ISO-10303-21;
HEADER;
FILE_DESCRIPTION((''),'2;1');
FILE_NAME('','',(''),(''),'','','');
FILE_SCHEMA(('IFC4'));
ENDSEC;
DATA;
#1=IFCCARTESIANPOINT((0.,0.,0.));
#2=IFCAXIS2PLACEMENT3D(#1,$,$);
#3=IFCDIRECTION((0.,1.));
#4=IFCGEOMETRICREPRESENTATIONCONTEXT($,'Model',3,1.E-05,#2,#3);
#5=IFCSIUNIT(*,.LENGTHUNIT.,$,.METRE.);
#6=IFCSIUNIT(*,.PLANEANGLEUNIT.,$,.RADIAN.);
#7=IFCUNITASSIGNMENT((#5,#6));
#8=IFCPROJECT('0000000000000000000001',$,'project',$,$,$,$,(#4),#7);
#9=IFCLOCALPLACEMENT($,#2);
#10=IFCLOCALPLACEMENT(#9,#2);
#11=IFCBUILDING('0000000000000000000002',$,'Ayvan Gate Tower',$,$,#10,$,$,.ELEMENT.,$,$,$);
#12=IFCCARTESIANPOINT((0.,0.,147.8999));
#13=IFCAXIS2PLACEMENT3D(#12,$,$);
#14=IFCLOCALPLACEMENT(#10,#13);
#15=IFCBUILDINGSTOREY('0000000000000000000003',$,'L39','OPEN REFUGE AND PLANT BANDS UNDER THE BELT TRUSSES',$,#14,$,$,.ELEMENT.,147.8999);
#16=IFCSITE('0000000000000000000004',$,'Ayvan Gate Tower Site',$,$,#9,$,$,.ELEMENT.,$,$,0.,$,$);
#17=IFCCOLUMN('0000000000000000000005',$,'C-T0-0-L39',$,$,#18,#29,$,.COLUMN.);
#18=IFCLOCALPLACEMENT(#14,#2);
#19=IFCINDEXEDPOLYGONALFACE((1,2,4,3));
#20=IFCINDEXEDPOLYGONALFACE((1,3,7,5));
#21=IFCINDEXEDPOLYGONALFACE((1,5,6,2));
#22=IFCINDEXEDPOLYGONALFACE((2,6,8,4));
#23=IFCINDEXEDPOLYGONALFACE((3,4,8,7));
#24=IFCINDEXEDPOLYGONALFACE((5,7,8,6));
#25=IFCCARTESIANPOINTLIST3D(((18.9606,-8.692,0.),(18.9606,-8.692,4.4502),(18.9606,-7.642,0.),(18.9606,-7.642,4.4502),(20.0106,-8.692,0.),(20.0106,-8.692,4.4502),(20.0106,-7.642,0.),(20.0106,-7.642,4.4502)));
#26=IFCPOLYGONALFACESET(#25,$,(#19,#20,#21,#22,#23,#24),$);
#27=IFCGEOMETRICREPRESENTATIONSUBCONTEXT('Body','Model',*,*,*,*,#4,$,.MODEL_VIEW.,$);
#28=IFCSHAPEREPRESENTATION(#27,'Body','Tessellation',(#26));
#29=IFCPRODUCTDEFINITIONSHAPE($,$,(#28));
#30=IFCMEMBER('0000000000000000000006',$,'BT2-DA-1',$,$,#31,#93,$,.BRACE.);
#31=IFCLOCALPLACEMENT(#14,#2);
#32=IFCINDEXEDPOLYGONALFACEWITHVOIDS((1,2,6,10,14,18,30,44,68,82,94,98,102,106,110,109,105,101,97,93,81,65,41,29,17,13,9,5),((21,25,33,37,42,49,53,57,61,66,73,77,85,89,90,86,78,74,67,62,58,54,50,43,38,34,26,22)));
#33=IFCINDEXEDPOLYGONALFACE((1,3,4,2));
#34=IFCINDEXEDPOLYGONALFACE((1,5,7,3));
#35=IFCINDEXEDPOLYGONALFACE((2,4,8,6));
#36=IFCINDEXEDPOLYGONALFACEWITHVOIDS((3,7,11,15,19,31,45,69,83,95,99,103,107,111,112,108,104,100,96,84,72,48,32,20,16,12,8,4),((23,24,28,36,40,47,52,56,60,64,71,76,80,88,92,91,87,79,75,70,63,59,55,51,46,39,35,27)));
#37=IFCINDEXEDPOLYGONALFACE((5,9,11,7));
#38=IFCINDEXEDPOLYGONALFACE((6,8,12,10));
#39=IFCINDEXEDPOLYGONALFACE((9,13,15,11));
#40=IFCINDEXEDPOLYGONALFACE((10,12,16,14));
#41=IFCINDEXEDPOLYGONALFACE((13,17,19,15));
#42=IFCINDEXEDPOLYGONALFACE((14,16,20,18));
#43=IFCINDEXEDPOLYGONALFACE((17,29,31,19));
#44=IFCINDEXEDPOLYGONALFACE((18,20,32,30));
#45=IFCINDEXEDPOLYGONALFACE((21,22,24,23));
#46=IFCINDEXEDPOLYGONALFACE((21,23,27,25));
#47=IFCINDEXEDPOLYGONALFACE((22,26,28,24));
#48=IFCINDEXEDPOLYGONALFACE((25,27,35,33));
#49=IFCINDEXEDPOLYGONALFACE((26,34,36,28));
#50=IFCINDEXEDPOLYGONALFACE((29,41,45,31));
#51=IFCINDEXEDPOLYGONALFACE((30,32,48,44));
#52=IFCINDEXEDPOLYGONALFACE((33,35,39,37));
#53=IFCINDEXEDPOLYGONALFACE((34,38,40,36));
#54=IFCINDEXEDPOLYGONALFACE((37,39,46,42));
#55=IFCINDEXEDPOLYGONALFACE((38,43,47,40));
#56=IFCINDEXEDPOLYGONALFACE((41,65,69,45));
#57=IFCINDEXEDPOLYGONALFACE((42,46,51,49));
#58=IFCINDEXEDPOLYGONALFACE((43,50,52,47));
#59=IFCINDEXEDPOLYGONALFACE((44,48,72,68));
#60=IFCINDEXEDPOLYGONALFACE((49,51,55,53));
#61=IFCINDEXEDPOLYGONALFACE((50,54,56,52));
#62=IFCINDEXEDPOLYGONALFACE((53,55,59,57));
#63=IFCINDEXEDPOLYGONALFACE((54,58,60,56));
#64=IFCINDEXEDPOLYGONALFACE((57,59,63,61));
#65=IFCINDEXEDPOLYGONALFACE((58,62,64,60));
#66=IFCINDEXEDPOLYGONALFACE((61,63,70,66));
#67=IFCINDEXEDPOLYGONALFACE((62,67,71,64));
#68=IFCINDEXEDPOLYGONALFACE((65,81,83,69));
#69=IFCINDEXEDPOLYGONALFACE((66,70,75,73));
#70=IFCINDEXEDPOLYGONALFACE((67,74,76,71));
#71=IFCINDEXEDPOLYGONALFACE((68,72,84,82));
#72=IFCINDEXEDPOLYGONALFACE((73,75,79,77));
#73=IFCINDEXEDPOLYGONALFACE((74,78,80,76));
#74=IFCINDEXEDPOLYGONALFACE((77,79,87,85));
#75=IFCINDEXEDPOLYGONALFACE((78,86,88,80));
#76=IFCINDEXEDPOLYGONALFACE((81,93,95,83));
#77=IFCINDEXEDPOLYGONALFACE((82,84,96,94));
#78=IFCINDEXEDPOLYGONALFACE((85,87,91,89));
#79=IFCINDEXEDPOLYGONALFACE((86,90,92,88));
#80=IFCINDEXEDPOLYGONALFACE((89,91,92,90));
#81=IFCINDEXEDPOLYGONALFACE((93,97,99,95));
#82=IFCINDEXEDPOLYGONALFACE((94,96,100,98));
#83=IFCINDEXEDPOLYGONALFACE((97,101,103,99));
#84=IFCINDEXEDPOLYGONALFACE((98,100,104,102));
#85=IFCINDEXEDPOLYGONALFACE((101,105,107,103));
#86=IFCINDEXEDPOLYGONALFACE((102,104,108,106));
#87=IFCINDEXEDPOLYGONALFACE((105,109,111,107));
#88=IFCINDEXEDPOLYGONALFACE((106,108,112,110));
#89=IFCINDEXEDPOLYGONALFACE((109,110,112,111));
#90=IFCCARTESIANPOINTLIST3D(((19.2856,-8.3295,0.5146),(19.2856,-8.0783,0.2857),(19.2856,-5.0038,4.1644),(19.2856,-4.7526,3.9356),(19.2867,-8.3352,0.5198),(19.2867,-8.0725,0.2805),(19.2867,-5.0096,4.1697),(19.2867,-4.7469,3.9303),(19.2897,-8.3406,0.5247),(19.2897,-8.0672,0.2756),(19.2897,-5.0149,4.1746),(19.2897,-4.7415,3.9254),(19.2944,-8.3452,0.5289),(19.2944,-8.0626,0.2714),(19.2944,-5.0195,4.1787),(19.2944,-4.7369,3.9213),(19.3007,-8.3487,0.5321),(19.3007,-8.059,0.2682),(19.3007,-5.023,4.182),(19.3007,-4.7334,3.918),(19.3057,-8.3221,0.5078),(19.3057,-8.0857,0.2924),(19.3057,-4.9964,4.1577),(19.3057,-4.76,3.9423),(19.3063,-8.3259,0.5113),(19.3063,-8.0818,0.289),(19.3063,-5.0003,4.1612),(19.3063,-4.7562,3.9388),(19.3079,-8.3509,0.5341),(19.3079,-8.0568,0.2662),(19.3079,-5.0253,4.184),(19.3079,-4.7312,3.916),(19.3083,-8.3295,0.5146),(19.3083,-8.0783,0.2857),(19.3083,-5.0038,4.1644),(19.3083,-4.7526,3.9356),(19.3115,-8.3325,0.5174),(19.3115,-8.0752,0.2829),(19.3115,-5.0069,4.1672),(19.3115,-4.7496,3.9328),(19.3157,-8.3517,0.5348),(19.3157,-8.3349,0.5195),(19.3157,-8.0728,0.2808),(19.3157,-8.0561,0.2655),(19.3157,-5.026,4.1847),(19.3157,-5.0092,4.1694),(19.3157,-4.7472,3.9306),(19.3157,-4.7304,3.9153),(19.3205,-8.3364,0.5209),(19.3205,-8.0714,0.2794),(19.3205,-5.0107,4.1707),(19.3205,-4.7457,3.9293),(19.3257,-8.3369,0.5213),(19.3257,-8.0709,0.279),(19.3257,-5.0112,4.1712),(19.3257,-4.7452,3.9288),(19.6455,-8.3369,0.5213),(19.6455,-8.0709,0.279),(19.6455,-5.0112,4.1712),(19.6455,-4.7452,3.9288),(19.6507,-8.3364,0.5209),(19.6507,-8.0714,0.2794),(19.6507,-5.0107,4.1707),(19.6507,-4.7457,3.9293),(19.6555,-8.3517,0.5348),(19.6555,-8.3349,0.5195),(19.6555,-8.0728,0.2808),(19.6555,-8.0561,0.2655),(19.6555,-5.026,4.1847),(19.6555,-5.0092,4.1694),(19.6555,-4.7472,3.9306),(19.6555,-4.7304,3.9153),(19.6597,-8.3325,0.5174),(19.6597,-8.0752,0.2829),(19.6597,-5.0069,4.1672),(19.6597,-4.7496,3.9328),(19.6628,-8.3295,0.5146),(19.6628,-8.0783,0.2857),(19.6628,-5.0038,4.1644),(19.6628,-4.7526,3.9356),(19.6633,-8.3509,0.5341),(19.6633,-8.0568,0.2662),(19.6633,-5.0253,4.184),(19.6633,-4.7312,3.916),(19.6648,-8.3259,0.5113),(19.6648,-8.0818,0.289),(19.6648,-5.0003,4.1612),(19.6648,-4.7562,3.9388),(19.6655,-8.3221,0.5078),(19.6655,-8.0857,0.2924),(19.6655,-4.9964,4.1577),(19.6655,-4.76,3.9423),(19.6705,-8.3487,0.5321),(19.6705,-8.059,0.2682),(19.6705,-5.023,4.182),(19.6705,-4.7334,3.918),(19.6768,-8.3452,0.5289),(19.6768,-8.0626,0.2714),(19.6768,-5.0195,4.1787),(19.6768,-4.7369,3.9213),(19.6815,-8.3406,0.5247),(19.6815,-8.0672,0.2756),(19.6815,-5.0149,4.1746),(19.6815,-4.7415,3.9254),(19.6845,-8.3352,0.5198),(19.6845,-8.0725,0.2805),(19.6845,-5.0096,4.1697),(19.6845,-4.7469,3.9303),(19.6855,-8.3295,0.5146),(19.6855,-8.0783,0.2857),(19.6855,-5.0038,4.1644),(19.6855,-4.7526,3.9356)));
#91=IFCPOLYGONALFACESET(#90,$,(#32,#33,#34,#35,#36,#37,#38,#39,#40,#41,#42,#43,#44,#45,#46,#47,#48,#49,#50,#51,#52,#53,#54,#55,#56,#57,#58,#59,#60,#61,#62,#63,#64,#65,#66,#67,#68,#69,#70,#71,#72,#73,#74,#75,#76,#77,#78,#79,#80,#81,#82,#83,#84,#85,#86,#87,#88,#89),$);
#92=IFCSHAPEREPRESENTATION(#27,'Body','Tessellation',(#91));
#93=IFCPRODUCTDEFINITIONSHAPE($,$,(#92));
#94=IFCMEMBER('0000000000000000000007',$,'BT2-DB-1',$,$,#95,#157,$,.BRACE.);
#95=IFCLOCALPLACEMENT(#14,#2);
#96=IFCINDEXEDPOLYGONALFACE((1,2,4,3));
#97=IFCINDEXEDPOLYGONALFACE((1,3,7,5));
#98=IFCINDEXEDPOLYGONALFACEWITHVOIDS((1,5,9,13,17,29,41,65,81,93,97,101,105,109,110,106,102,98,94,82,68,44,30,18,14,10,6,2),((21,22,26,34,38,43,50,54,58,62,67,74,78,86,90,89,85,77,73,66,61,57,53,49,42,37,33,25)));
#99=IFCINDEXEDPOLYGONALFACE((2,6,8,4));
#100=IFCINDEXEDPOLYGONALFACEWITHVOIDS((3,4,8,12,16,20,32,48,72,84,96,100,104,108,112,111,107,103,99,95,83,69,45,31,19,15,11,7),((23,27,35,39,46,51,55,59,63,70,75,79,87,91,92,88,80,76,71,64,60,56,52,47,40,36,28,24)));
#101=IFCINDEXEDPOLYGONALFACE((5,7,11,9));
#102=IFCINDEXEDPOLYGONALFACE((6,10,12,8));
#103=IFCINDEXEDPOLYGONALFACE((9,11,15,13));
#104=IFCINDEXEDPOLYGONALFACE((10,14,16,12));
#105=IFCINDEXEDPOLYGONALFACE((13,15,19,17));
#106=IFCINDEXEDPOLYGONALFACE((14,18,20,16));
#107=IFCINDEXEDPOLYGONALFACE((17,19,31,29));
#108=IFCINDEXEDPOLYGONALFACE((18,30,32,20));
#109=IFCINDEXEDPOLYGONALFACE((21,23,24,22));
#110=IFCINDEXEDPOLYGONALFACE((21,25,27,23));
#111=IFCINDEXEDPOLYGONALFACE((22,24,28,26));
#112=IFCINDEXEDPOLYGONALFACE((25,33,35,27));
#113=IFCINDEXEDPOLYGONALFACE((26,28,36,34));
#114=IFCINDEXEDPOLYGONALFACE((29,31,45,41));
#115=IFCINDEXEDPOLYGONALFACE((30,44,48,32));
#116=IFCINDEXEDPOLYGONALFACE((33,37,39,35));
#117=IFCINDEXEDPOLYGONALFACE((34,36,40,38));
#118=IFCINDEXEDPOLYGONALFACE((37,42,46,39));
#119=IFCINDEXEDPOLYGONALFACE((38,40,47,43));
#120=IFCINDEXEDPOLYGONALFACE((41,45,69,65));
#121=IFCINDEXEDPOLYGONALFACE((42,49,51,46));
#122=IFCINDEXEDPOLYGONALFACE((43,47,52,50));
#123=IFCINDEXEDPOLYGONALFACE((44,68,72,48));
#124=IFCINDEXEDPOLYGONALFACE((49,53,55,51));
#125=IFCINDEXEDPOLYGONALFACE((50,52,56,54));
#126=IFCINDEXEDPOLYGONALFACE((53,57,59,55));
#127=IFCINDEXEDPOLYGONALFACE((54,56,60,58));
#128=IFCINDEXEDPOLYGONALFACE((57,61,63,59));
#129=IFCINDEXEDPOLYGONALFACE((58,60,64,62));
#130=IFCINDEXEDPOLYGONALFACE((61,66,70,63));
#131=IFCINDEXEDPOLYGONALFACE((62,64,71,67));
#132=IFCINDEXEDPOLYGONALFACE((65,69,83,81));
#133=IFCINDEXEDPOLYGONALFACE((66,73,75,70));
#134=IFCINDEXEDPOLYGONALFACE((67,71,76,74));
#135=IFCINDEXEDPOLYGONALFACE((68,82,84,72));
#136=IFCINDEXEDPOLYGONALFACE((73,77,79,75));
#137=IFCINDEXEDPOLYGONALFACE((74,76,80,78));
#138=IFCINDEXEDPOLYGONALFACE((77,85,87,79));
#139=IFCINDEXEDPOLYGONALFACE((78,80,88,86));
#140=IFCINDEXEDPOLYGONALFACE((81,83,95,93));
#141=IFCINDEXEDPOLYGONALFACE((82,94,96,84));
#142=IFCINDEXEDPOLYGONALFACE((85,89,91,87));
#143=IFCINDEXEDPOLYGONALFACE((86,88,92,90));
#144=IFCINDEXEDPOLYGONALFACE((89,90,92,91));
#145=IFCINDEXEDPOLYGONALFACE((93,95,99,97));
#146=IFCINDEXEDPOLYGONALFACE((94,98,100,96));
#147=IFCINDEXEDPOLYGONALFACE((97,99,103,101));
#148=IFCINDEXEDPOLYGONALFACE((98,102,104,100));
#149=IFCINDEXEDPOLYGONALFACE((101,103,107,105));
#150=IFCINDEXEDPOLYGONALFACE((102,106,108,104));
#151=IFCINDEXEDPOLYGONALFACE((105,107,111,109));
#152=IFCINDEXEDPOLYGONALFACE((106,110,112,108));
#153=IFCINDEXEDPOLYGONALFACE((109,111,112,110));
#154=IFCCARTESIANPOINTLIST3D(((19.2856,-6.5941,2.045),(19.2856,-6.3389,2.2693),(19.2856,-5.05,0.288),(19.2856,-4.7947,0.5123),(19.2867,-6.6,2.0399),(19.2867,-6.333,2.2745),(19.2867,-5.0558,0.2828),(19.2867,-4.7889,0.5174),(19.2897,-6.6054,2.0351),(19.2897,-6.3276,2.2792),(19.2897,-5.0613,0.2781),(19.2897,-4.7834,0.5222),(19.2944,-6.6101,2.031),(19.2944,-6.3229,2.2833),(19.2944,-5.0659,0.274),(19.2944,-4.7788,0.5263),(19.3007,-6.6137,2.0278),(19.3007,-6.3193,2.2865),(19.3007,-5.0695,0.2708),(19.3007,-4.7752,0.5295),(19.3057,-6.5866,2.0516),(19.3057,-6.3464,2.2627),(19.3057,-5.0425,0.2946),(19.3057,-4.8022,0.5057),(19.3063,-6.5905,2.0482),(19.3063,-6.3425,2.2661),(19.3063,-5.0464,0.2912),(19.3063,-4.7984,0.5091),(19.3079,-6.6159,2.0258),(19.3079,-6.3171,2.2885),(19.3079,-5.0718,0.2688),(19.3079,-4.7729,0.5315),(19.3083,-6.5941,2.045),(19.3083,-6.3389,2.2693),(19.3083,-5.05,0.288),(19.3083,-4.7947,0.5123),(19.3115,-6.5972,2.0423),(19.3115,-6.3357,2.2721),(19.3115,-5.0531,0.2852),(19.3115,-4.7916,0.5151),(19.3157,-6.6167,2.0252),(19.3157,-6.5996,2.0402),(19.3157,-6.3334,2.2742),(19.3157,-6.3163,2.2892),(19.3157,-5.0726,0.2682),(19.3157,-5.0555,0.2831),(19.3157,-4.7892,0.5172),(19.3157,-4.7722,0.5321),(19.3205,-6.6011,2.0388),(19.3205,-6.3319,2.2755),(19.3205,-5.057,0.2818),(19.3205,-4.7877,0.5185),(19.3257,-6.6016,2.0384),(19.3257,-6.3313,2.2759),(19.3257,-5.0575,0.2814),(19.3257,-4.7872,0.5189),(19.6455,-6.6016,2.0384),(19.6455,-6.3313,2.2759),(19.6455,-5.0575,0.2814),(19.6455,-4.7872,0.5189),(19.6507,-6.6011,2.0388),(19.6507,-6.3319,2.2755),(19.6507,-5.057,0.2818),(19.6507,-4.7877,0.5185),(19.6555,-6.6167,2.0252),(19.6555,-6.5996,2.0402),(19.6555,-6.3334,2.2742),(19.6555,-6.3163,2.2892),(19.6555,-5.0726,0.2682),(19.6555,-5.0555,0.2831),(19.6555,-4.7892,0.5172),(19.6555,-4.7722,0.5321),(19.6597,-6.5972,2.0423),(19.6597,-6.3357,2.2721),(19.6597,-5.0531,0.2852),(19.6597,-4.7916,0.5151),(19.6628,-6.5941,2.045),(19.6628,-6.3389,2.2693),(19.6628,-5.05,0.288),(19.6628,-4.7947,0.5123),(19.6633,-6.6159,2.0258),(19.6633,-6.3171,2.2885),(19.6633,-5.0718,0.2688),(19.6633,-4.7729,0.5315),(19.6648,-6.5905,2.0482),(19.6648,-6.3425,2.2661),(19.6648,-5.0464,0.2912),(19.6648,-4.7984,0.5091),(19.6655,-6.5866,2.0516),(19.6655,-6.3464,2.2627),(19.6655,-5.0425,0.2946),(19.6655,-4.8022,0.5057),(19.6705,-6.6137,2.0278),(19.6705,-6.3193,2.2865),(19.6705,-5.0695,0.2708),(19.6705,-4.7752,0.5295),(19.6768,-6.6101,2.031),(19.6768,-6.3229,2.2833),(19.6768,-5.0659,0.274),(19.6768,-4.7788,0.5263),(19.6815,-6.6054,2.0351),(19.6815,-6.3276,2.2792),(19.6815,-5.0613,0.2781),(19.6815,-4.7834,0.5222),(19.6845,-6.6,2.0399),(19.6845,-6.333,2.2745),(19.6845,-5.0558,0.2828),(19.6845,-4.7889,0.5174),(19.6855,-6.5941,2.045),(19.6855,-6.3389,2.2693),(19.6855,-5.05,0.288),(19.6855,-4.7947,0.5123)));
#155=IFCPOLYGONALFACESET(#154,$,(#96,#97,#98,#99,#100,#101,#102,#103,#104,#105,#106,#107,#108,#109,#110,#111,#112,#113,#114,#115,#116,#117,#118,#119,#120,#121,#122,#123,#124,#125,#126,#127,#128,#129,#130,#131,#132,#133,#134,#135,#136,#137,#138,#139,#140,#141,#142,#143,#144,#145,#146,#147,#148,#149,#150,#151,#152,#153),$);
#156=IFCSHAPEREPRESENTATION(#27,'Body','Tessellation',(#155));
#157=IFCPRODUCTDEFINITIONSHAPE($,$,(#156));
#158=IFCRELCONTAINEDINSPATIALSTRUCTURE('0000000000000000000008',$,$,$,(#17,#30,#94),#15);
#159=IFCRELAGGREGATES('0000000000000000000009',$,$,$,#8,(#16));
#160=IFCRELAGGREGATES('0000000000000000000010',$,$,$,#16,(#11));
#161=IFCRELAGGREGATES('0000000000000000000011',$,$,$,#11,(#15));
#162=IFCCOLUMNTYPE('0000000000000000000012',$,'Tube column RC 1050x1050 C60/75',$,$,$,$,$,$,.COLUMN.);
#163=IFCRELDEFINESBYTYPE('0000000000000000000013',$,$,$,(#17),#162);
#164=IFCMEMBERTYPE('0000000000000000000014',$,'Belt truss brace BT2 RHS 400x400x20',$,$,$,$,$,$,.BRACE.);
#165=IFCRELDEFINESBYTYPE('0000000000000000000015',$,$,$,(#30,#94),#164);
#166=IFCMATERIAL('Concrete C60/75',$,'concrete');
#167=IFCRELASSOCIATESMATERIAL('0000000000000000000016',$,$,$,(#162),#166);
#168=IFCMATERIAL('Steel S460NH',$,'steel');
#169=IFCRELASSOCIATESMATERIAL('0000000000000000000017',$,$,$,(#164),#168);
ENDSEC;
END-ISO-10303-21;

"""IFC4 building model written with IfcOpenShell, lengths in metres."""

from ifc_helpers import new_model, si_unit, direction, frame, origin, origin_2d, place, context, subcontext, project, spatial, rectangle, hollow_rectangle, extrude, material, material_profile, profile_set, type_object, element, save


model = new_model("IFC4")

# Units and contexts
model_context = context("Model", 3, precision=1e-05, world=origin(), true_north=direction((0.0, 1.0)))
body_context = subcontext(model_context, "Body", "Model", "MODEL_VIEW")
ifc_project = project(units=[si_unit("LENGTHUNIT", "METRE"), si_unit("PLANEANGLEUNIT", "RADIAN")], contexts=[model_context])

# Site, building, storey
site_placement = place(None, origin())
site = spatial("IfcSite", under=ifc_project, at=site_placement, Name="Ayvan Gate Tower Site", CompositionType="ELEMENT", RefElevation=0.0)
building_placement = place(site_placement, origin())
building = spatial("IfcBuilding", under=site, at=building_placement, Name="Ayvan Gate Tower", CompositionType="ELEMENT")
storey_placement = place(building_placement, frame((0.0, 0.0, 147.8999)))
storey = spatial("IfcBuildingStorey", under=building, at=storey_placement, Name="L39", Description="OPEN REFUGE AND PLANT BANDS UNDER THE BELT TRUSSES", CompositionType="ELEMENT", Elevation=147.8999)

# Column
ifc_material_1 = material(Name="Concrete C60/75", Category="concrete")
ifc_material_profile_1 = material_profile(ifc_material_1, rectangle(XDim=1.05, YDim=1.05, at=origin_2d()), Name="RC 1050x1050")
ifc_profile_set_1 = profile_set([ifc_material_profile_1], Name="Concrete C60/75")
column_type = type_object("IfcColumnType", Name="Tube column RC 1050x1050 C60/75", PredefinedType="COLUMN", material=ifc_profile_set_1)
column_placement = place(storey_placement, frame((19.4856, -8.167, 0.0), z_axis=(0.0, 0.0, 1.0), x_axis=(1.0, 0.0, 0.0)))
element("IfcColumn", 1, at=column_placement, inside=storey, type_object=column_type, Name="C-T0-0-L39", PredefinedType="COLUMN", context=body_context, shape_type="SweptSolid", body=[
    extrude(rectangle(XDim=1.05, YDim=1.05, at=origin_2d()), origin(), (0.0, 0.0, 1.0), 4.4502),
])

# Members
ifc_material_2 = material(Name="Steel S460NH", Category="steel")
ifc_material_profile_2 = material_profile(ifc_material_2, hollow_rectangle(XDim=0.3999, YDim=0.3999, WallThickness=0.02, InnerFilletRadius=0.02, OuterFilletRadius=0.03, at=origin_2d()), Name="RHS 400x400x20")
ifc_profile_set_2 = profile_set([ifc_material_profile_2], Name="Steel S460NH")
member_type_1 = type_object("IfcMemberType", Name="Belt truss brace BT2 RHS 400x400x20", PredefinedType="BRACE", material=ifc_profile_set_2)
member_1_placement = place(storey_placement, frame((19.4856, -8.2039, 0.4001), z_axis=(0.0, 0.673514, 0.739174), x_axis=(-1.0, 0.0, 0.0)))
element("IfcMember", 2, at=member_1_placement, inside=storey, type_object=member_type_1, Name="BT2-DA-1", PredefinedType="BRACE", context=body_context, shape_type="SweptSolid", body=[
    extrude(hollow_rectangle(XDim=0.3999, YDim=0.3999, WallThickness=0.02, InnerFilletRadius=0.02, OuterFilletRadius=0.03, at=origin_2d()), origin(), (0.0, 0.0, 1.0), 4.9377),
])
member_2_placement = place(storey_placement, frame((19.4856, -4.9224, 0.4001), z_axis=(0.0, -0.660136, 0.751146), x_axis=(1.0, 0.0, 0.0)))
element("IfcMember", 3, at=member_2_placement, inside=storey, type_object=member_type_1, Name="BT2-DB-1", PredefinedType="BRACE", context=body_context, shape_type="SweptSolid", body=[
    extrude(hollow_rectangle(XDim=0.3999, YDim=0.3999, WallThickness=0.02, InnerFilletRadius=0.02, OuterFilletRadius=0.03, at=origin_2d()), origin(), (0.0, 0.0, 1.0), 2.3391),
])

save(model, "model.ifc")
